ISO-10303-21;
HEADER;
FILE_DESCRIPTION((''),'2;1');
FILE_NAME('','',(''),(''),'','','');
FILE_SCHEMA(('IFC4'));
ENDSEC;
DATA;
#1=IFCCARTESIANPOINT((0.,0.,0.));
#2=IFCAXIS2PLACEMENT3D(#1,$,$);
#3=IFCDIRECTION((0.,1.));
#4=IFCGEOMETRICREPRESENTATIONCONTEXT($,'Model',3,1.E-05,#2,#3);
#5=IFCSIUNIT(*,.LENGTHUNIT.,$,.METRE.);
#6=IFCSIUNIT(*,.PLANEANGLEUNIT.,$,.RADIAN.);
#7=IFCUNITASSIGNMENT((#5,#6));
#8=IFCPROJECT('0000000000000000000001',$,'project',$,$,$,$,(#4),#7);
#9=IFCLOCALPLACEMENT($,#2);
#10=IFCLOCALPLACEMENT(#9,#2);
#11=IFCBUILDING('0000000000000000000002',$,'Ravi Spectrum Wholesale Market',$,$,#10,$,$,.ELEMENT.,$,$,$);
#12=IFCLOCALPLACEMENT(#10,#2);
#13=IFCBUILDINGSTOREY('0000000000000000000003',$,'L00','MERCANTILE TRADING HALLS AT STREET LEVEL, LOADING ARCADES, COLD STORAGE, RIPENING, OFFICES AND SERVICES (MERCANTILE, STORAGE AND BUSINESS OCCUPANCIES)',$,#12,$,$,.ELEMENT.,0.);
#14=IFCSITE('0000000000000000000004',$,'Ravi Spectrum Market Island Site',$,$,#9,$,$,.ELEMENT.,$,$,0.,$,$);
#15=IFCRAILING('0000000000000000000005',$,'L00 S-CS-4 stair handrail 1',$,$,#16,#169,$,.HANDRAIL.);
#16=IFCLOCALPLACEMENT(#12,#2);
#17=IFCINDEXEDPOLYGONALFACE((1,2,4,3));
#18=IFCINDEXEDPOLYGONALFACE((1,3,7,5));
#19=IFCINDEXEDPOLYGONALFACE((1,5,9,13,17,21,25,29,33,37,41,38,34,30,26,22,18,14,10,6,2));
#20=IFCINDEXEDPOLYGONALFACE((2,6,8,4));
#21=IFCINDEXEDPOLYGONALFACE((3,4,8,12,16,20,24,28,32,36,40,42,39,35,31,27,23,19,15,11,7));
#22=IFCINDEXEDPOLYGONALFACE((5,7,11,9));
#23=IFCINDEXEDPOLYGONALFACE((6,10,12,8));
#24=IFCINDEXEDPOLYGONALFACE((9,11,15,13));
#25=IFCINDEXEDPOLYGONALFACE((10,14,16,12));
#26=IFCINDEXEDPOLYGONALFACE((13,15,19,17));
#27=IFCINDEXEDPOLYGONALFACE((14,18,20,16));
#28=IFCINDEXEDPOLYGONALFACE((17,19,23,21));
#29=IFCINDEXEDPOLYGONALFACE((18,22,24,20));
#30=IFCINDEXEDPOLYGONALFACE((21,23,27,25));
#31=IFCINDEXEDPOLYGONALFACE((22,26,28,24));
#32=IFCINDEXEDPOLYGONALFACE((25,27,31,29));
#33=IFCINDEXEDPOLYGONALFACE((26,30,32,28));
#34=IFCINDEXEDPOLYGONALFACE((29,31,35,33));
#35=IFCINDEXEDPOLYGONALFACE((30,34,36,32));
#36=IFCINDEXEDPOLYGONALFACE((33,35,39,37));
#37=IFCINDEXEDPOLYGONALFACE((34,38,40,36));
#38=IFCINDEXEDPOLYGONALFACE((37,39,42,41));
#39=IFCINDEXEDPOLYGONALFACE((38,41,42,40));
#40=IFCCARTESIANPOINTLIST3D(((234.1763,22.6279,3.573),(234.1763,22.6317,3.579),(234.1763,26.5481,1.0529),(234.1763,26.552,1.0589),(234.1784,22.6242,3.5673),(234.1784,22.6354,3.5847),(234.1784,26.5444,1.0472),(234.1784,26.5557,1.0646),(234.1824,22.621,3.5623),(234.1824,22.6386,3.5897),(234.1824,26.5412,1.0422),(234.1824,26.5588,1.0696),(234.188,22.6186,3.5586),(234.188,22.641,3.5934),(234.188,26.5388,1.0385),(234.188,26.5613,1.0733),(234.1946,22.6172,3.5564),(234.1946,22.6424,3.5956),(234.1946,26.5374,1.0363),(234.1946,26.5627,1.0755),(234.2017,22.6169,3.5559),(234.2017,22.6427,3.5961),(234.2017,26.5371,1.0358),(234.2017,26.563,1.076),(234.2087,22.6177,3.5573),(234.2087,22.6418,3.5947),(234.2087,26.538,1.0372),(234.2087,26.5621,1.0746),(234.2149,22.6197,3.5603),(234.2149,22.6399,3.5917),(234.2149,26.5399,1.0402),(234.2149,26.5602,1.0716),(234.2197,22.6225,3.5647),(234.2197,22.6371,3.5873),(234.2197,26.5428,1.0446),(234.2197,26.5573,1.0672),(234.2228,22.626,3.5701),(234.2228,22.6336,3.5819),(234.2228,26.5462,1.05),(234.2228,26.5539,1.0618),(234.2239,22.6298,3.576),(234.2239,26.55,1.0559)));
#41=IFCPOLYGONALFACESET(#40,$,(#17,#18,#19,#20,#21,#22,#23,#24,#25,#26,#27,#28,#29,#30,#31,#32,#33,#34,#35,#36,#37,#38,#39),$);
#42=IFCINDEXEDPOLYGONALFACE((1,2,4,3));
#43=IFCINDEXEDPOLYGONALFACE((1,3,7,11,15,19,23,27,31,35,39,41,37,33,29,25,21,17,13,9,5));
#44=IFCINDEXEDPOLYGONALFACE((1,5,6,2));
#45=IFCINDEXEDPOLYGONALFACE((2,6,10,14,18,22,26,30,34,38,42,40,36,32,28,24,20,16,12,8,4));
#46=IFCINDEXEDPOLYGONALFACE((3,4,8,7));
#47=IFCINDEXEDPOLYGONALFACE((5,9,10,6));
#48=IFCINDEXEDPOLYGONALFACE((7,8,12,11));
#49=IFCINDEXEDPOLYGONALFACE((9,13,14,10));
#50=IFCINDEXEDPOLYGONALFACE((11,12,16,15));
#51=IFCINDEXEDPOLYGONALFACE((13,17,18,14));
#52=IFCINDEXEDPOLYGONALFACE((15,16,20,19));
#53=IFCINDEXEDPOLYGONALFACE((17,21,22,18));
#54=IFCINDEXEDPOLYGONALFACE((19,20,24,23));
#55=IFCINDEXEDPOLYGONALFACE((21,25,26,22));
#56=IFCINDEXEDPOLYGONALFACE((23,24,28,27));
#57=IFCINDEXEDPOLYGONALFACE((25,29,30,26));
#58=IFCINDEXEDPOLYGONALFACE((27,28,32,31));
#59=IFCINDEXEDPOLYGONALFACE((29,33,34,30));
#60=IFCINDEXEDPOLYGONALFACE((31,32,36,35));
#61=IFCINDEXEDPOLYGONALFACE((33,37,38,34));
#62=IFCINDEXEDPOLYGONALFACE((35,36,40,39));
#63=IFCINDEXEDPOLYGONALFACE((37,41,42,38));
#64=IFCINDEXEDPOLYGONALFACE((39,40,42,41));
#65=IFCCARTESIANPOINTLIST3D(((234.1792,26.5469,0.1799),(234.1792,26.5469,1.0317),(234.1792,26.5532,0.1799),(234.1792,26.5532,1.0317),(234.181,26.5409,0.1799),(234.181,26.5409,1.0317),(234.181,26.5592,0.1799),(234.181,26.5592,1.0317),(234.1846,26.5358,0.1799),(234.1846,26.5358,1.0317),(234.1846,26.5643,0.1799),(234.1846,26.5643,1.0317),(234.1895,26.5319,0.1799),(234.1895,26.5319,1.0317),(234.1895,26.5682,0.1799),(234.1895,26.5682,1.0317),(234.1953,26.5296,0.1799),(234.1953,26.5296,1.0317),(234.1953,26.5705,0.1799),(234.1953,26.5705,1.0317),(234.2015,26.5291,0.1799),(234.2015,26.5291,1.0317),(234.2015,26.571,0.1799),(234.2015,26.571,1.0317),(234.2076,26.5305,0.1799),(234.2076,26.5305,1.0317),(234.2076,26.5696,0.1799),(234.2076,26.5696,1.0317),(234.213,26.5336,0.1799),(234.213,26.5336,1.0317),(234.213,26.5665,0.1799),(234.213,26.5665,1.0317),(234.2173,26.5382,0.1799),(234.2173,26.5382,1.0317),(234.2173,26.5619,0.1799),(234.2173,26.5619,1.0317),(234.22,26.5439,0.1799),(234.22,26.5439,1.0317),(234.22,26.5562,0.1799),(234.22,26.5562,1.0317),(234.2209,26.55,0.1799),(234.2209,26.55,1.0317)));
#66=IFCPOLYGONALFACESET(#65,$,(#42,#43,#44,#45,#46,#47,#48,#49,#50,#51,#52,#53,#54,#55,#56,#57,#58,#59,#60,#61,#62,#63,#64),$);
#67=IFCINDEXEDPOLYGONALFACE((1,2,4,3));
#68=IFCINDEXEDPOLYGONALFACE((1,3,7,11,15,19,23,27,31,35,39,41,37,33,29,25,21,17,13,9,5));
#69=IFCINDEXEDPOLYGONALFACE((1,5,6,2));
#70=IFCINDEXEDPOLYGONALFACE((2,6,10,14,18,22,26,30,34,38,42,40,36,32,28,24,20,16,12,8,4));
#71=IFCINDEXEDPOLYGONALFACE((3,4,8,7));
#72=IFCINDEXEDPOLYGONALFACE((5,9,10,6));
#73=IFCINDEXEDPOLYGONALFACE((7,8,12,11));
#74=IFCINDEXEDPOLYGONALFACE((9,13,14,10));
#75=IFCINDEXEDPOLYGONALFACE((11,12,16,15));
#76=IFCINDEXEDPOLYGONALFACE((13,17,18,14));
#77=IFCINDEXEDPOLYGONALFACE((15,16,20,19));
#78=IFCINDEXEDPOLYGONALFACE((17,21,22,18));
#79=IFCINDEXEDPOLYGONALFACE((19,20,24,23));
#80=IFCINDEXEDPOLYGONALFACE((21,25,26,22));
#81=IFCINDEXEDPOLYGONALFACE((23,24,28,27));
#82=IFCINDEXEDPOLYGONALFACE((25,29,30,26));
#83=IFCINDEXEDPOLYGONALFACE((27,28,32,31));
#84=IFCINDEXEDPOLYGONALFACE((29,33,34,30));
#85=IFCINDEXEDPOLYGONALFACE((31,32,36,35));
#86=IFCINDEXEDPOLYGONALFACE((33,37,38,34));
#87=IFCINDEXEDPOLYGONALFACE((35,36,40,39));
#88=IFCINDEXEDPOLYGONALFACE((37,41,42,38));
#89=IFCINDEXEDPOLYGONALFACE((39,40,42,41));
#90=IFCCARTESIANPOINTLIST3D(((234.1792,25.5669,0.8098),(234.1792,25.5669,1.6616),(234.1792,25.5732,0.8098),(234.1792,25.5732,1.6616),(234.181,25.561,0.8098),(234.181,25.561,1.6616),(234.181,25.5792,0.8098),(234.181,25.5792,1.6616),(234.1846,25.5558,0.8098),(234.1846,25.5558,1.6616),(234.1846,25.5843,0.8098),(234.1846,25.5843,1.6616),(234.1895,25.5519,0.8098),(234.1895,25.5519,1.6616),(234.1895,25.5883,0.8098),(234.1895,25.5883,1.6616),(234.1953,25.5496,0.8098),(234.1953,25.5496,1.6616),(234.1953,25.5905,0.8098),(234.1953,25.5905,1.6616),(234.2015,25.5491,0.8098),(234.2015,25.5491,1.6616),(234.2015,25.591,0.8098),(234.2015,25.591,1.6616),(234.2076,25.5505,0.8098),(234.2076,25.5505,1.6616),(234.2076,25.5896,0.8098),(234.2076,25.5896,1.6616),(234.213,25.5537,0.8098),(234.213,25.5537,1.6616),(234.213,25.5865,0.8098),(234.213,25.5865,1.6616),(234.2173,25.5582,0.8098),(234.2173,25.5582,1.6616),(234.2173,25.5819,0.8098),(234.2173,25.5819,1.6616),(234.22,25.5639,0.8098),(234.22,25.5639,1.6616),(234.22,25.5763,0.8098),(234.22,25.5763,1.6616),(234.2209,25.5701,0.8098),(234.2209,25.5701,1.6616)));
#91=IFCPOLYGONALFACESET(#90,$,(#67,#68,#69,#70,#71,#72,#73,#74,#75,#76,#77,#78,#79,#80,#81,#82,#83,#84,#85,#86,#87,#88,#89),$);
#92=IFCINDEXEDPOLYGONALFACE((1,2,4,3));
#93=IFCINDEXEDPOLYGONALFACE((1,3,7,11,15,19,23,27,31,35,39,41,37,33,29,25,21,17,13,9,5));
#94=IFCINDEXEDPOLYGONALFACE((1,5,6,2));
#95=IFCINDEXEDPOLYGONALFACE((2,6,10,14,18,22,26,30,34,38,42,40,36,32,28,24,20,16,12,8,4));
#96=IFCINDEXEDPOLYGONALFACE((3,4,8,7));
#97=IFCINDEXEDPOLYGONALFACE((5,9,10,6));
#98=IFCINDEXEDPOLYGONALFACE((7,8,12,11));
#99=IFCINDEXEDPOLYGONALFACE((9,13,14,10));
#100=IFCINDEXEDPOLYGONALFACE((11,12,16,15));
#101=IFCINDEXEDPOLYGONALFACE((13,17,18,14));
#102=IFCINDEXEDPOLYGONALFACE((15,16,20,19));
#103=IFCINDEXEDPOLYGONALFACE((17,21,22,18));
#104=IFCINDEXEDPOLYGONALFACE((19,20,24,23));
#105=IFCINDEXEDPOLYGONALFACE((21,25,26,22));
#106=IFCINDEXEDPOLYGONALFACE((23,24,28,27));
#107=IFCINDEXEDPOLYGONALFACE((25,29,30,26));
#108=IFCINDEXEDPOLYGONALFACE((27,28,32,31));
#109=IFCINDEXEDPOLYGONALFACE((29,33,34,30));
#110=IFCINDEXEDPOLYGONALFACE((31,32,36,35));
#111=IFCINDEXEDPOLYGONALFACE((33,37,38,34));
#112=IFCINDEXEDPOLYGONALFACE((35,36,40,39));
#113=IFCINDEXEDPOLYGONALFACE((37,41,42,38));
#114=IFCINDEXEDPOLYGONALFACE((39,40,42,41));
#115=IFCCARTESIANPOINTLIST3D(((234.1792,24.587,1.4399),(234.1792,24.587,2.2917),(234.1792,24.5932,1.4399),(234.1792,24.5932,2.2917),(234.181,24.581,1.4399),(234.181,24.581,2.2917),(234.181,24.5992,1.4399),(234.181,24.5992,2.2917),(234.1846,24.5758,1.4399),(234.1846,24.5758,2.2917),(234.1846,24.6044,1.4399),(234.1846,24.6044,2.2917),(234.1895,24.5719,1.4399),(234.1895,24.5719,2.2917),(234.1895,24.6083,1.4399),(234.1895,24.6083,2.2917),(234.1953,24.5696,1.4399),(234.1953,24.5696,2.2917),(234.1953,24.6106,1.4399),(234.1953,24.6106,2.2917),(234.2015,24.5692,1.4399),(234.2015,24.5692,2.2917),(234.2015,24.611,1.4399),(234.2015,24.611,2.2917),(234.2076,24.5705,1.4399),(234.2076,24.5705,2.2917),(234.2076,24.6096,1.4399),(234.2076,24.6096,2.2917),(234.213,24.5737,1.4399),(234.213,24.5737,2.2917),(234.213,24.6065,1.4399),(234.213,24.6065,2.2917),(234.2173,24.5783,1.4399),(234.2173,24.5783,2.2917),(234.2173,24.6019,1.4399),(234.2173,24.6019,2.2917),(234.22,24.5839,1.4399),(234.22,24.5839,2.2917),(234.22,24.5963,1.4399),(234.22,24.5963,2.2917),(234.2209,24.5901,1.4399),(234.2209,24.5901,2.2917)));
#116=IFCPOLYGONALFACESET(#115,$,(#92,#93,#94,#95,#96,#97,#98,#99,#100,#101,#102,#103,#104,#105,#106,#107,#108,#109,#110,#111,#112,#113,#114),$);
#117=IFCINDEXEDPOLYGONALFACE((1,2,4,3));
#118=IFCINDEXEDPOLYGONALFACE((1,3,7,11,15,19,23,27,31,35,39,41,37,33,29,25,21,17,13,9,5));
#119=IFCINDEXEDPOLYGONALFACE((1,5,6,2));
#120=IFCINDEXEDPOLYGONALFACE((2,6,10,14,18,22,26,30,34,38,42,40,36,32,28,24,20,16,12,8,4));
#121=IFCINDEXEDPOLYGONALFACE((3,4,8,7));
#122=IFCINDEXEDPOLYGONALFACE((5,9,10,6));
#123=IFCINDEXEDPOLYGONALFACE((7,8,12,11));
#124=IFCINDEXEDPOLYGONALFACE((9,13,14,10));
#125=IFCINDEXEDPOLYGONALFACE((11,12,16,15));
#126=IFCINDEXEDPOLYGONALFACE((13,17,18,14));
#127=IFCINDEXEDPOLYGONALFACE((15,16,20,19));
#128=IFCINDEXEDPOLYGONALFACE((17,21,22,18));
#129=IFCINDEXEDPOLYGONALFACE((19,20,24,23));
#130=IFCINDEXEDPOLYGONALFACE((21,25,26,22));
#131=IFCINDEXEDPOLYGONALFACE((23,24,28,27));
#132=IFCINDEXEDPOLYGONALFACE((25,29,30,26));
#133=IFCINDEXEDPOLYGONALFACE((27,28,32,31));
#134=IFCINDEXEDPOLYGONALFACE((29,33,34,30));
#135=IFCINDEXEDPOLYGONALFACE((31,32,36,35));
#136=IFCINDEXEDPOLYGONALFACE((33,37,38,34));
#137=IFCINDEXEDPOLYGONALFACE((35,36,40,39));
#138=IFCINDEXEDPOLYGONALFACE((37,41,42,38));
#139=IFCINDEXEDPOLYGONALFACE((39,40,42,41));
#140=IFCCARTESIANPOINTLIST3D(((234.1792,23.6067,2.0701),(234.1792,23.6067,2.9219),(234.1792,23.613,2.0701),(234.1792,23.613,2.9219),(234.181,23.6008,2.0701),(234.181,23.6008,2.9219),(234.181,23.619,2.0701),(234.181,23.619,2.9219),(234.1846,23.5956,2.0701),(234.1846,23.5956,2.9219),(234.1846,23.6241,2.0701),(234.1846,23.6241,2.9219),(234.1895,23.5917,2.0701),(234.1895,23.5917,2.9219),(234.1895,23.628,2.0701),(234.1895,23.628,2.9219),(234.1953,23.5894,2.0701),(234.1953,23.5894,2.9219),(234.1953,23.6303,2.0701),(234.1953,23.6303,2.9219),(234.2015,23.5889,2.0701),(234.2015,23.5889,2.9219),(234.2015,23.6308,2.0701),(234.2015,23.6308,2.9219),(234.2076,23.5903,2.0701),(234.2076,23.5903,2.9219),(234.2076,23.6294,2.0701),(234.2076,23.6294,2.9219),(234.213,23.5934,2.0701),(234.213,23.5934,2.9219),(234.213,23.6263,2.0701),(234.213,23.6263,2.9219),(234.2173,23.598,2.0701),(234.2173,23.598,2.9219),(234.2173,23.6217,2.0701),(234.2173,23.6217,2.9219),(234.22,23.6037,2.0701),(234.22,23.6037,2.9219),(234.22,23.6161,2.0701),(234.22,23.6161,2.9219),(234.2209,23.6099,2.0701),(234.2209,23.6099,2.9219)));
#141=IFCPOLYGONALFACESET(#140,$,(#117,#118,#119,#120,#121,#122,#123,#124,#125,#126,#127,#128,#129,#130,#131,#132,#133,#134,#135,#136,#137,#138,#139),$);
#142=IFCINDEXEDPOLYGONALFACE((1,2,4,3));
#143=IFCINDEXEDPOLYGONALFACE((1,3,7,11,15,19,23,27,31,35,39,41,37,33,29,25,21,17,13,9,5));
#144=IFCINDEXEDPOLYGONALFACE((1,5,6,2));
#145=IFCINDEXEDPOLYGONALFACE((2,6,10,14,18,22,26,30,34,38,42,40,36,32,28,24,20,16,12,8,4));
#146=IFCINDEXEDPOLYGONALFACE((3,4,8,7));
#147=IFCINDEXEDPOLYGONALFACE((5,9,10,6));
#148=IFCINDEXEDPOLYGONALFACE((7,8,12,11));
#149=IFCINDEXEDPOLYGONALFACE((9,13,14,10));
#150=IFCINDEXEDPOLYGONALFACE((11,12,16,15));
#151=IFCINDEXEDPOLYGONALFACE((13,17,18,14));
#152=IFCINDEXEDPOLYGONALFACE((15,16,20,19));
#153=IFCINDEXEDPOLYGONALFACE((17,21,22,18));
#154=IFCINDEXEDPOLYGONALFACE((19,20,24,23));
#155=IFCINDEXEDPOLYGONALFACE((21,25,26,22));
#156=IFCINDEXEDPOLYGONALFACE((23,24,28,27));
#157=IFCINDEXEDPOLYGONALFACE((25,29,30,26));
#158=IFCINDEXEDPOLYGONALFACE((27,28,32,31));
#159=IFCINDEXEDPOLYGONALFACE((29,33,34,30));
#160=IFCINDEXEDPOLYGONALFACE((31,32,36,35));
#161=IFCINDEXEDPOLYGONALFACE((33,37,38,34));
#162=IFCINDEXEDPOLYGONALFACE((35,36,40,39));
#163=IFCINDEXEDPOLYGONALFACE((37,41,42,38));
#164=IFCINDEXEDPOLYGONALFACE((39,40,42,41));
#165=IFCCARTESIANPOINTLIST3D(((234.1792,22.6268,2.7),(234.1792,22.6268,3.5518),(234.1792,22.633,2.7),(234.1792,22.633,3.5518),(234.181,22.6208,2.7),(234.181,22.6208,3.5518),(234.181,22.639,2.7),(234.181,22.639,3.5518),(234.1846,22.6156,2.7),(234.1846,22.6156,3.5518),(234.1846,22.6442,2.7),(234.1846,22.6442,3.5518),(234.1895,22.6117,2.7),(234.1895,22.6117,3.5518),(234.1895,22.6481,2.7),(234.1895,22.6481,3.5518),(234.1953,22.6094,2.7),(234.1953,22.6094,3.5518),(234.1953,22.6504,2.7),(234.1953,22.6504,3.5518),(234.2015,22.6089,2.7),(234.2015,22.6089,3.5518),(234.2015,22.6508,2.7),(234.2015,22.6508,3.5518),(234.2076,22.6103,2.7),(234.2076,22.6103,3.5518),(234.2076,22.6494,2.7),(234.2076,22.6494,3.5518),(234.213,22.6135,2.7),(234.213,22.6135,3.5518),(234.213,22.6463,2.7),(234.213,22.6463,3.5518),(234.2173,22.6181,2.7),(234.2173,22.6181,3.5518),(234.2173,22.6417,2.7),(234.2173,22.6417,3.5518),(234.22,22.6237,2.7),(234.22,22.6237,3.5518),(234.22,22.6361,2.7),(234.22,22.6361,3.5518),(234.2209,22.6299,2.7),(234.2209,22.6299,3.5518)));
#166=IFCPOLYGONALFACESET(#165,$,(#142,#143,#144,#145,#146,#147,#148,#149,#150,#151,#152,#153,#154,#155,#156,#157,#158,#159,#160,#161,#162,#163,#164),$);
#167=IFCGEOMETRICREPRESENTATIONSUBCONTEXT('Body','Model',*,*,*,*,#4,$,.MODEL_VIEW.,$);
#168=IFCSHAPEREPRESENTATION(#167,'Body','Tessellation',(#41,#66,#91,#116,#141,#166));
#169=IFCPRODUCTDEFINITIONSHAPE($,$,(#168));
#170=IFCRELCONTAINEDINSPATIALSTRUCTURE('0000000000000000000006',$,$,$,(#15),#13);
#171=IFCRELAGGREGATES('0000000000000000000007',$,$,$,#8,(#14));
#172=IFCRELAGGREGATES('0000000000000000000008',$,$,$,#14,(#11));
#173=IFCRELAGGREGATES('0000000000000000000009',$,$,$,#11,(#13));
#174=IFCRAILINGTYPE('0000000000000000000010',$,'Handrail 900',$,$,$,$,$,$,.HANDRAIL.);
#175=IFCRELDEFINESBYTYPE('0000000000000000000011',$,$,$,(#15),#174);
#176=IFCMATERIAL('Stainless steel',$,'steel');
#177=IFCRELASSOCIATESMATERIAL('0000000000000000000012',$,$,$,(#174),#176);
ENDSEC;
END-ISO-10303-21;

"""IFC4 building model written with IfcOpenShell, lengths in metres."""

from ifc_helpers import new_model, si_unit, direction, frame, origin, origin_2d, place, context, subcontext, project, spatial, circle, extrude, material, type_object, element, save


model = new_model("IFC4")

# Units and contexts
model_context = context("Model", 3, precision=1e-05, world=origin(), true_north=direction((0.0, 1.0)))
body_context = subcontext(model_context, "Body", "Model", "MODEL_VIEW")
ifc_project = project(units=[si_unit("LENGTHUNIT", "METRE"), si_unit("PLANEANGLEUNIT", "RADIAN")], contexts=[model_context])

# Site, building, storey
site_placement = place(None, origin())
site = spatial("IfcSite", under=ifc_project, at=site_placement, Name="Ravi Spectrum Market Island Site", CompositionType="ELEMENT", RefElevation=0.0)
building_placement = place(site_placement, origin())
building = spatial("IfcBuilding", under=site, at=building_placement, Name="Ravi Spectrum Wholesale Market", CompositionType="ELEMENT")
storey_placement = place(building_placement, origin())
storey = spatial("IfcBuildingStorey", under=building, at=storey_placement, Name="L00", Description="MERCANTILE TRADING HALLS AT STREET LEVEL, LOADING ARCADES, COLD STORAGE, RIPENING, OFFICES AND SERVICES (MERCANTILE, STORAGE AND BUSINESS OCCUPANCIES)", CompositionType="ELEMENT", Elevation=0.0)

# Railing
ifc_material_1 = material(Name="Stainless steel", Category="steel")
railing_type_1 = type_object("IfcRailingType", Name="Handrail 900", PredefinedType="HANDRAIL", material=ifc_material_1)
railing_1_placement = place(storey_placement, frame((234.2, 26.55, 0.1799)))
element("IfcRailing", 1, at=railing_1_placement, inside=storey, type_object=railing_type_1, Name="L00 S-CS-4 stair handrail 1", PredefinedType="HANDRAIL", context=body_context, shape_type="SweptSolid", body=[
    extrude(circle(Radius=0.0239, at=origin_2d()), frame((0.0, 0.0, 0.876), z_axis=(0.0, -0.841187, 0.540744), x_axis=(1.0, 0.0, 0.0)), (0.0, 0.0, 1.0), 4.6604),
    extrude(circle(Radius=0.021, at=origin_2d()), origin(), (0.0, 0.0, 1.0), 0.8518),
    extrude(circle(Radius=0.021, at=origin_2d()), frame((0.0, -0.98, 0.6299)), (0.0, 0.0, 1.0), 0.8518),
    extrude(circle(Radius=0.021, at=origin_2d()), frame((0.0, -1.96, 1.26)), (0.0, 0.0, 1.0), 0.8518),
    extrude(circle(Radius=0.021, at=origin_2d()), frame((0.0, -2.9402, 1.8901)), (0.0, 0.0, 1.0), 0.8518),
    extrude(circle(Radius=0.021, at=origin_2d()), frame((0.0, -3.9202, 2.52)), (0.0, 0.0, 1.0), 0.8518),
])

save(model, "model.ifc")
